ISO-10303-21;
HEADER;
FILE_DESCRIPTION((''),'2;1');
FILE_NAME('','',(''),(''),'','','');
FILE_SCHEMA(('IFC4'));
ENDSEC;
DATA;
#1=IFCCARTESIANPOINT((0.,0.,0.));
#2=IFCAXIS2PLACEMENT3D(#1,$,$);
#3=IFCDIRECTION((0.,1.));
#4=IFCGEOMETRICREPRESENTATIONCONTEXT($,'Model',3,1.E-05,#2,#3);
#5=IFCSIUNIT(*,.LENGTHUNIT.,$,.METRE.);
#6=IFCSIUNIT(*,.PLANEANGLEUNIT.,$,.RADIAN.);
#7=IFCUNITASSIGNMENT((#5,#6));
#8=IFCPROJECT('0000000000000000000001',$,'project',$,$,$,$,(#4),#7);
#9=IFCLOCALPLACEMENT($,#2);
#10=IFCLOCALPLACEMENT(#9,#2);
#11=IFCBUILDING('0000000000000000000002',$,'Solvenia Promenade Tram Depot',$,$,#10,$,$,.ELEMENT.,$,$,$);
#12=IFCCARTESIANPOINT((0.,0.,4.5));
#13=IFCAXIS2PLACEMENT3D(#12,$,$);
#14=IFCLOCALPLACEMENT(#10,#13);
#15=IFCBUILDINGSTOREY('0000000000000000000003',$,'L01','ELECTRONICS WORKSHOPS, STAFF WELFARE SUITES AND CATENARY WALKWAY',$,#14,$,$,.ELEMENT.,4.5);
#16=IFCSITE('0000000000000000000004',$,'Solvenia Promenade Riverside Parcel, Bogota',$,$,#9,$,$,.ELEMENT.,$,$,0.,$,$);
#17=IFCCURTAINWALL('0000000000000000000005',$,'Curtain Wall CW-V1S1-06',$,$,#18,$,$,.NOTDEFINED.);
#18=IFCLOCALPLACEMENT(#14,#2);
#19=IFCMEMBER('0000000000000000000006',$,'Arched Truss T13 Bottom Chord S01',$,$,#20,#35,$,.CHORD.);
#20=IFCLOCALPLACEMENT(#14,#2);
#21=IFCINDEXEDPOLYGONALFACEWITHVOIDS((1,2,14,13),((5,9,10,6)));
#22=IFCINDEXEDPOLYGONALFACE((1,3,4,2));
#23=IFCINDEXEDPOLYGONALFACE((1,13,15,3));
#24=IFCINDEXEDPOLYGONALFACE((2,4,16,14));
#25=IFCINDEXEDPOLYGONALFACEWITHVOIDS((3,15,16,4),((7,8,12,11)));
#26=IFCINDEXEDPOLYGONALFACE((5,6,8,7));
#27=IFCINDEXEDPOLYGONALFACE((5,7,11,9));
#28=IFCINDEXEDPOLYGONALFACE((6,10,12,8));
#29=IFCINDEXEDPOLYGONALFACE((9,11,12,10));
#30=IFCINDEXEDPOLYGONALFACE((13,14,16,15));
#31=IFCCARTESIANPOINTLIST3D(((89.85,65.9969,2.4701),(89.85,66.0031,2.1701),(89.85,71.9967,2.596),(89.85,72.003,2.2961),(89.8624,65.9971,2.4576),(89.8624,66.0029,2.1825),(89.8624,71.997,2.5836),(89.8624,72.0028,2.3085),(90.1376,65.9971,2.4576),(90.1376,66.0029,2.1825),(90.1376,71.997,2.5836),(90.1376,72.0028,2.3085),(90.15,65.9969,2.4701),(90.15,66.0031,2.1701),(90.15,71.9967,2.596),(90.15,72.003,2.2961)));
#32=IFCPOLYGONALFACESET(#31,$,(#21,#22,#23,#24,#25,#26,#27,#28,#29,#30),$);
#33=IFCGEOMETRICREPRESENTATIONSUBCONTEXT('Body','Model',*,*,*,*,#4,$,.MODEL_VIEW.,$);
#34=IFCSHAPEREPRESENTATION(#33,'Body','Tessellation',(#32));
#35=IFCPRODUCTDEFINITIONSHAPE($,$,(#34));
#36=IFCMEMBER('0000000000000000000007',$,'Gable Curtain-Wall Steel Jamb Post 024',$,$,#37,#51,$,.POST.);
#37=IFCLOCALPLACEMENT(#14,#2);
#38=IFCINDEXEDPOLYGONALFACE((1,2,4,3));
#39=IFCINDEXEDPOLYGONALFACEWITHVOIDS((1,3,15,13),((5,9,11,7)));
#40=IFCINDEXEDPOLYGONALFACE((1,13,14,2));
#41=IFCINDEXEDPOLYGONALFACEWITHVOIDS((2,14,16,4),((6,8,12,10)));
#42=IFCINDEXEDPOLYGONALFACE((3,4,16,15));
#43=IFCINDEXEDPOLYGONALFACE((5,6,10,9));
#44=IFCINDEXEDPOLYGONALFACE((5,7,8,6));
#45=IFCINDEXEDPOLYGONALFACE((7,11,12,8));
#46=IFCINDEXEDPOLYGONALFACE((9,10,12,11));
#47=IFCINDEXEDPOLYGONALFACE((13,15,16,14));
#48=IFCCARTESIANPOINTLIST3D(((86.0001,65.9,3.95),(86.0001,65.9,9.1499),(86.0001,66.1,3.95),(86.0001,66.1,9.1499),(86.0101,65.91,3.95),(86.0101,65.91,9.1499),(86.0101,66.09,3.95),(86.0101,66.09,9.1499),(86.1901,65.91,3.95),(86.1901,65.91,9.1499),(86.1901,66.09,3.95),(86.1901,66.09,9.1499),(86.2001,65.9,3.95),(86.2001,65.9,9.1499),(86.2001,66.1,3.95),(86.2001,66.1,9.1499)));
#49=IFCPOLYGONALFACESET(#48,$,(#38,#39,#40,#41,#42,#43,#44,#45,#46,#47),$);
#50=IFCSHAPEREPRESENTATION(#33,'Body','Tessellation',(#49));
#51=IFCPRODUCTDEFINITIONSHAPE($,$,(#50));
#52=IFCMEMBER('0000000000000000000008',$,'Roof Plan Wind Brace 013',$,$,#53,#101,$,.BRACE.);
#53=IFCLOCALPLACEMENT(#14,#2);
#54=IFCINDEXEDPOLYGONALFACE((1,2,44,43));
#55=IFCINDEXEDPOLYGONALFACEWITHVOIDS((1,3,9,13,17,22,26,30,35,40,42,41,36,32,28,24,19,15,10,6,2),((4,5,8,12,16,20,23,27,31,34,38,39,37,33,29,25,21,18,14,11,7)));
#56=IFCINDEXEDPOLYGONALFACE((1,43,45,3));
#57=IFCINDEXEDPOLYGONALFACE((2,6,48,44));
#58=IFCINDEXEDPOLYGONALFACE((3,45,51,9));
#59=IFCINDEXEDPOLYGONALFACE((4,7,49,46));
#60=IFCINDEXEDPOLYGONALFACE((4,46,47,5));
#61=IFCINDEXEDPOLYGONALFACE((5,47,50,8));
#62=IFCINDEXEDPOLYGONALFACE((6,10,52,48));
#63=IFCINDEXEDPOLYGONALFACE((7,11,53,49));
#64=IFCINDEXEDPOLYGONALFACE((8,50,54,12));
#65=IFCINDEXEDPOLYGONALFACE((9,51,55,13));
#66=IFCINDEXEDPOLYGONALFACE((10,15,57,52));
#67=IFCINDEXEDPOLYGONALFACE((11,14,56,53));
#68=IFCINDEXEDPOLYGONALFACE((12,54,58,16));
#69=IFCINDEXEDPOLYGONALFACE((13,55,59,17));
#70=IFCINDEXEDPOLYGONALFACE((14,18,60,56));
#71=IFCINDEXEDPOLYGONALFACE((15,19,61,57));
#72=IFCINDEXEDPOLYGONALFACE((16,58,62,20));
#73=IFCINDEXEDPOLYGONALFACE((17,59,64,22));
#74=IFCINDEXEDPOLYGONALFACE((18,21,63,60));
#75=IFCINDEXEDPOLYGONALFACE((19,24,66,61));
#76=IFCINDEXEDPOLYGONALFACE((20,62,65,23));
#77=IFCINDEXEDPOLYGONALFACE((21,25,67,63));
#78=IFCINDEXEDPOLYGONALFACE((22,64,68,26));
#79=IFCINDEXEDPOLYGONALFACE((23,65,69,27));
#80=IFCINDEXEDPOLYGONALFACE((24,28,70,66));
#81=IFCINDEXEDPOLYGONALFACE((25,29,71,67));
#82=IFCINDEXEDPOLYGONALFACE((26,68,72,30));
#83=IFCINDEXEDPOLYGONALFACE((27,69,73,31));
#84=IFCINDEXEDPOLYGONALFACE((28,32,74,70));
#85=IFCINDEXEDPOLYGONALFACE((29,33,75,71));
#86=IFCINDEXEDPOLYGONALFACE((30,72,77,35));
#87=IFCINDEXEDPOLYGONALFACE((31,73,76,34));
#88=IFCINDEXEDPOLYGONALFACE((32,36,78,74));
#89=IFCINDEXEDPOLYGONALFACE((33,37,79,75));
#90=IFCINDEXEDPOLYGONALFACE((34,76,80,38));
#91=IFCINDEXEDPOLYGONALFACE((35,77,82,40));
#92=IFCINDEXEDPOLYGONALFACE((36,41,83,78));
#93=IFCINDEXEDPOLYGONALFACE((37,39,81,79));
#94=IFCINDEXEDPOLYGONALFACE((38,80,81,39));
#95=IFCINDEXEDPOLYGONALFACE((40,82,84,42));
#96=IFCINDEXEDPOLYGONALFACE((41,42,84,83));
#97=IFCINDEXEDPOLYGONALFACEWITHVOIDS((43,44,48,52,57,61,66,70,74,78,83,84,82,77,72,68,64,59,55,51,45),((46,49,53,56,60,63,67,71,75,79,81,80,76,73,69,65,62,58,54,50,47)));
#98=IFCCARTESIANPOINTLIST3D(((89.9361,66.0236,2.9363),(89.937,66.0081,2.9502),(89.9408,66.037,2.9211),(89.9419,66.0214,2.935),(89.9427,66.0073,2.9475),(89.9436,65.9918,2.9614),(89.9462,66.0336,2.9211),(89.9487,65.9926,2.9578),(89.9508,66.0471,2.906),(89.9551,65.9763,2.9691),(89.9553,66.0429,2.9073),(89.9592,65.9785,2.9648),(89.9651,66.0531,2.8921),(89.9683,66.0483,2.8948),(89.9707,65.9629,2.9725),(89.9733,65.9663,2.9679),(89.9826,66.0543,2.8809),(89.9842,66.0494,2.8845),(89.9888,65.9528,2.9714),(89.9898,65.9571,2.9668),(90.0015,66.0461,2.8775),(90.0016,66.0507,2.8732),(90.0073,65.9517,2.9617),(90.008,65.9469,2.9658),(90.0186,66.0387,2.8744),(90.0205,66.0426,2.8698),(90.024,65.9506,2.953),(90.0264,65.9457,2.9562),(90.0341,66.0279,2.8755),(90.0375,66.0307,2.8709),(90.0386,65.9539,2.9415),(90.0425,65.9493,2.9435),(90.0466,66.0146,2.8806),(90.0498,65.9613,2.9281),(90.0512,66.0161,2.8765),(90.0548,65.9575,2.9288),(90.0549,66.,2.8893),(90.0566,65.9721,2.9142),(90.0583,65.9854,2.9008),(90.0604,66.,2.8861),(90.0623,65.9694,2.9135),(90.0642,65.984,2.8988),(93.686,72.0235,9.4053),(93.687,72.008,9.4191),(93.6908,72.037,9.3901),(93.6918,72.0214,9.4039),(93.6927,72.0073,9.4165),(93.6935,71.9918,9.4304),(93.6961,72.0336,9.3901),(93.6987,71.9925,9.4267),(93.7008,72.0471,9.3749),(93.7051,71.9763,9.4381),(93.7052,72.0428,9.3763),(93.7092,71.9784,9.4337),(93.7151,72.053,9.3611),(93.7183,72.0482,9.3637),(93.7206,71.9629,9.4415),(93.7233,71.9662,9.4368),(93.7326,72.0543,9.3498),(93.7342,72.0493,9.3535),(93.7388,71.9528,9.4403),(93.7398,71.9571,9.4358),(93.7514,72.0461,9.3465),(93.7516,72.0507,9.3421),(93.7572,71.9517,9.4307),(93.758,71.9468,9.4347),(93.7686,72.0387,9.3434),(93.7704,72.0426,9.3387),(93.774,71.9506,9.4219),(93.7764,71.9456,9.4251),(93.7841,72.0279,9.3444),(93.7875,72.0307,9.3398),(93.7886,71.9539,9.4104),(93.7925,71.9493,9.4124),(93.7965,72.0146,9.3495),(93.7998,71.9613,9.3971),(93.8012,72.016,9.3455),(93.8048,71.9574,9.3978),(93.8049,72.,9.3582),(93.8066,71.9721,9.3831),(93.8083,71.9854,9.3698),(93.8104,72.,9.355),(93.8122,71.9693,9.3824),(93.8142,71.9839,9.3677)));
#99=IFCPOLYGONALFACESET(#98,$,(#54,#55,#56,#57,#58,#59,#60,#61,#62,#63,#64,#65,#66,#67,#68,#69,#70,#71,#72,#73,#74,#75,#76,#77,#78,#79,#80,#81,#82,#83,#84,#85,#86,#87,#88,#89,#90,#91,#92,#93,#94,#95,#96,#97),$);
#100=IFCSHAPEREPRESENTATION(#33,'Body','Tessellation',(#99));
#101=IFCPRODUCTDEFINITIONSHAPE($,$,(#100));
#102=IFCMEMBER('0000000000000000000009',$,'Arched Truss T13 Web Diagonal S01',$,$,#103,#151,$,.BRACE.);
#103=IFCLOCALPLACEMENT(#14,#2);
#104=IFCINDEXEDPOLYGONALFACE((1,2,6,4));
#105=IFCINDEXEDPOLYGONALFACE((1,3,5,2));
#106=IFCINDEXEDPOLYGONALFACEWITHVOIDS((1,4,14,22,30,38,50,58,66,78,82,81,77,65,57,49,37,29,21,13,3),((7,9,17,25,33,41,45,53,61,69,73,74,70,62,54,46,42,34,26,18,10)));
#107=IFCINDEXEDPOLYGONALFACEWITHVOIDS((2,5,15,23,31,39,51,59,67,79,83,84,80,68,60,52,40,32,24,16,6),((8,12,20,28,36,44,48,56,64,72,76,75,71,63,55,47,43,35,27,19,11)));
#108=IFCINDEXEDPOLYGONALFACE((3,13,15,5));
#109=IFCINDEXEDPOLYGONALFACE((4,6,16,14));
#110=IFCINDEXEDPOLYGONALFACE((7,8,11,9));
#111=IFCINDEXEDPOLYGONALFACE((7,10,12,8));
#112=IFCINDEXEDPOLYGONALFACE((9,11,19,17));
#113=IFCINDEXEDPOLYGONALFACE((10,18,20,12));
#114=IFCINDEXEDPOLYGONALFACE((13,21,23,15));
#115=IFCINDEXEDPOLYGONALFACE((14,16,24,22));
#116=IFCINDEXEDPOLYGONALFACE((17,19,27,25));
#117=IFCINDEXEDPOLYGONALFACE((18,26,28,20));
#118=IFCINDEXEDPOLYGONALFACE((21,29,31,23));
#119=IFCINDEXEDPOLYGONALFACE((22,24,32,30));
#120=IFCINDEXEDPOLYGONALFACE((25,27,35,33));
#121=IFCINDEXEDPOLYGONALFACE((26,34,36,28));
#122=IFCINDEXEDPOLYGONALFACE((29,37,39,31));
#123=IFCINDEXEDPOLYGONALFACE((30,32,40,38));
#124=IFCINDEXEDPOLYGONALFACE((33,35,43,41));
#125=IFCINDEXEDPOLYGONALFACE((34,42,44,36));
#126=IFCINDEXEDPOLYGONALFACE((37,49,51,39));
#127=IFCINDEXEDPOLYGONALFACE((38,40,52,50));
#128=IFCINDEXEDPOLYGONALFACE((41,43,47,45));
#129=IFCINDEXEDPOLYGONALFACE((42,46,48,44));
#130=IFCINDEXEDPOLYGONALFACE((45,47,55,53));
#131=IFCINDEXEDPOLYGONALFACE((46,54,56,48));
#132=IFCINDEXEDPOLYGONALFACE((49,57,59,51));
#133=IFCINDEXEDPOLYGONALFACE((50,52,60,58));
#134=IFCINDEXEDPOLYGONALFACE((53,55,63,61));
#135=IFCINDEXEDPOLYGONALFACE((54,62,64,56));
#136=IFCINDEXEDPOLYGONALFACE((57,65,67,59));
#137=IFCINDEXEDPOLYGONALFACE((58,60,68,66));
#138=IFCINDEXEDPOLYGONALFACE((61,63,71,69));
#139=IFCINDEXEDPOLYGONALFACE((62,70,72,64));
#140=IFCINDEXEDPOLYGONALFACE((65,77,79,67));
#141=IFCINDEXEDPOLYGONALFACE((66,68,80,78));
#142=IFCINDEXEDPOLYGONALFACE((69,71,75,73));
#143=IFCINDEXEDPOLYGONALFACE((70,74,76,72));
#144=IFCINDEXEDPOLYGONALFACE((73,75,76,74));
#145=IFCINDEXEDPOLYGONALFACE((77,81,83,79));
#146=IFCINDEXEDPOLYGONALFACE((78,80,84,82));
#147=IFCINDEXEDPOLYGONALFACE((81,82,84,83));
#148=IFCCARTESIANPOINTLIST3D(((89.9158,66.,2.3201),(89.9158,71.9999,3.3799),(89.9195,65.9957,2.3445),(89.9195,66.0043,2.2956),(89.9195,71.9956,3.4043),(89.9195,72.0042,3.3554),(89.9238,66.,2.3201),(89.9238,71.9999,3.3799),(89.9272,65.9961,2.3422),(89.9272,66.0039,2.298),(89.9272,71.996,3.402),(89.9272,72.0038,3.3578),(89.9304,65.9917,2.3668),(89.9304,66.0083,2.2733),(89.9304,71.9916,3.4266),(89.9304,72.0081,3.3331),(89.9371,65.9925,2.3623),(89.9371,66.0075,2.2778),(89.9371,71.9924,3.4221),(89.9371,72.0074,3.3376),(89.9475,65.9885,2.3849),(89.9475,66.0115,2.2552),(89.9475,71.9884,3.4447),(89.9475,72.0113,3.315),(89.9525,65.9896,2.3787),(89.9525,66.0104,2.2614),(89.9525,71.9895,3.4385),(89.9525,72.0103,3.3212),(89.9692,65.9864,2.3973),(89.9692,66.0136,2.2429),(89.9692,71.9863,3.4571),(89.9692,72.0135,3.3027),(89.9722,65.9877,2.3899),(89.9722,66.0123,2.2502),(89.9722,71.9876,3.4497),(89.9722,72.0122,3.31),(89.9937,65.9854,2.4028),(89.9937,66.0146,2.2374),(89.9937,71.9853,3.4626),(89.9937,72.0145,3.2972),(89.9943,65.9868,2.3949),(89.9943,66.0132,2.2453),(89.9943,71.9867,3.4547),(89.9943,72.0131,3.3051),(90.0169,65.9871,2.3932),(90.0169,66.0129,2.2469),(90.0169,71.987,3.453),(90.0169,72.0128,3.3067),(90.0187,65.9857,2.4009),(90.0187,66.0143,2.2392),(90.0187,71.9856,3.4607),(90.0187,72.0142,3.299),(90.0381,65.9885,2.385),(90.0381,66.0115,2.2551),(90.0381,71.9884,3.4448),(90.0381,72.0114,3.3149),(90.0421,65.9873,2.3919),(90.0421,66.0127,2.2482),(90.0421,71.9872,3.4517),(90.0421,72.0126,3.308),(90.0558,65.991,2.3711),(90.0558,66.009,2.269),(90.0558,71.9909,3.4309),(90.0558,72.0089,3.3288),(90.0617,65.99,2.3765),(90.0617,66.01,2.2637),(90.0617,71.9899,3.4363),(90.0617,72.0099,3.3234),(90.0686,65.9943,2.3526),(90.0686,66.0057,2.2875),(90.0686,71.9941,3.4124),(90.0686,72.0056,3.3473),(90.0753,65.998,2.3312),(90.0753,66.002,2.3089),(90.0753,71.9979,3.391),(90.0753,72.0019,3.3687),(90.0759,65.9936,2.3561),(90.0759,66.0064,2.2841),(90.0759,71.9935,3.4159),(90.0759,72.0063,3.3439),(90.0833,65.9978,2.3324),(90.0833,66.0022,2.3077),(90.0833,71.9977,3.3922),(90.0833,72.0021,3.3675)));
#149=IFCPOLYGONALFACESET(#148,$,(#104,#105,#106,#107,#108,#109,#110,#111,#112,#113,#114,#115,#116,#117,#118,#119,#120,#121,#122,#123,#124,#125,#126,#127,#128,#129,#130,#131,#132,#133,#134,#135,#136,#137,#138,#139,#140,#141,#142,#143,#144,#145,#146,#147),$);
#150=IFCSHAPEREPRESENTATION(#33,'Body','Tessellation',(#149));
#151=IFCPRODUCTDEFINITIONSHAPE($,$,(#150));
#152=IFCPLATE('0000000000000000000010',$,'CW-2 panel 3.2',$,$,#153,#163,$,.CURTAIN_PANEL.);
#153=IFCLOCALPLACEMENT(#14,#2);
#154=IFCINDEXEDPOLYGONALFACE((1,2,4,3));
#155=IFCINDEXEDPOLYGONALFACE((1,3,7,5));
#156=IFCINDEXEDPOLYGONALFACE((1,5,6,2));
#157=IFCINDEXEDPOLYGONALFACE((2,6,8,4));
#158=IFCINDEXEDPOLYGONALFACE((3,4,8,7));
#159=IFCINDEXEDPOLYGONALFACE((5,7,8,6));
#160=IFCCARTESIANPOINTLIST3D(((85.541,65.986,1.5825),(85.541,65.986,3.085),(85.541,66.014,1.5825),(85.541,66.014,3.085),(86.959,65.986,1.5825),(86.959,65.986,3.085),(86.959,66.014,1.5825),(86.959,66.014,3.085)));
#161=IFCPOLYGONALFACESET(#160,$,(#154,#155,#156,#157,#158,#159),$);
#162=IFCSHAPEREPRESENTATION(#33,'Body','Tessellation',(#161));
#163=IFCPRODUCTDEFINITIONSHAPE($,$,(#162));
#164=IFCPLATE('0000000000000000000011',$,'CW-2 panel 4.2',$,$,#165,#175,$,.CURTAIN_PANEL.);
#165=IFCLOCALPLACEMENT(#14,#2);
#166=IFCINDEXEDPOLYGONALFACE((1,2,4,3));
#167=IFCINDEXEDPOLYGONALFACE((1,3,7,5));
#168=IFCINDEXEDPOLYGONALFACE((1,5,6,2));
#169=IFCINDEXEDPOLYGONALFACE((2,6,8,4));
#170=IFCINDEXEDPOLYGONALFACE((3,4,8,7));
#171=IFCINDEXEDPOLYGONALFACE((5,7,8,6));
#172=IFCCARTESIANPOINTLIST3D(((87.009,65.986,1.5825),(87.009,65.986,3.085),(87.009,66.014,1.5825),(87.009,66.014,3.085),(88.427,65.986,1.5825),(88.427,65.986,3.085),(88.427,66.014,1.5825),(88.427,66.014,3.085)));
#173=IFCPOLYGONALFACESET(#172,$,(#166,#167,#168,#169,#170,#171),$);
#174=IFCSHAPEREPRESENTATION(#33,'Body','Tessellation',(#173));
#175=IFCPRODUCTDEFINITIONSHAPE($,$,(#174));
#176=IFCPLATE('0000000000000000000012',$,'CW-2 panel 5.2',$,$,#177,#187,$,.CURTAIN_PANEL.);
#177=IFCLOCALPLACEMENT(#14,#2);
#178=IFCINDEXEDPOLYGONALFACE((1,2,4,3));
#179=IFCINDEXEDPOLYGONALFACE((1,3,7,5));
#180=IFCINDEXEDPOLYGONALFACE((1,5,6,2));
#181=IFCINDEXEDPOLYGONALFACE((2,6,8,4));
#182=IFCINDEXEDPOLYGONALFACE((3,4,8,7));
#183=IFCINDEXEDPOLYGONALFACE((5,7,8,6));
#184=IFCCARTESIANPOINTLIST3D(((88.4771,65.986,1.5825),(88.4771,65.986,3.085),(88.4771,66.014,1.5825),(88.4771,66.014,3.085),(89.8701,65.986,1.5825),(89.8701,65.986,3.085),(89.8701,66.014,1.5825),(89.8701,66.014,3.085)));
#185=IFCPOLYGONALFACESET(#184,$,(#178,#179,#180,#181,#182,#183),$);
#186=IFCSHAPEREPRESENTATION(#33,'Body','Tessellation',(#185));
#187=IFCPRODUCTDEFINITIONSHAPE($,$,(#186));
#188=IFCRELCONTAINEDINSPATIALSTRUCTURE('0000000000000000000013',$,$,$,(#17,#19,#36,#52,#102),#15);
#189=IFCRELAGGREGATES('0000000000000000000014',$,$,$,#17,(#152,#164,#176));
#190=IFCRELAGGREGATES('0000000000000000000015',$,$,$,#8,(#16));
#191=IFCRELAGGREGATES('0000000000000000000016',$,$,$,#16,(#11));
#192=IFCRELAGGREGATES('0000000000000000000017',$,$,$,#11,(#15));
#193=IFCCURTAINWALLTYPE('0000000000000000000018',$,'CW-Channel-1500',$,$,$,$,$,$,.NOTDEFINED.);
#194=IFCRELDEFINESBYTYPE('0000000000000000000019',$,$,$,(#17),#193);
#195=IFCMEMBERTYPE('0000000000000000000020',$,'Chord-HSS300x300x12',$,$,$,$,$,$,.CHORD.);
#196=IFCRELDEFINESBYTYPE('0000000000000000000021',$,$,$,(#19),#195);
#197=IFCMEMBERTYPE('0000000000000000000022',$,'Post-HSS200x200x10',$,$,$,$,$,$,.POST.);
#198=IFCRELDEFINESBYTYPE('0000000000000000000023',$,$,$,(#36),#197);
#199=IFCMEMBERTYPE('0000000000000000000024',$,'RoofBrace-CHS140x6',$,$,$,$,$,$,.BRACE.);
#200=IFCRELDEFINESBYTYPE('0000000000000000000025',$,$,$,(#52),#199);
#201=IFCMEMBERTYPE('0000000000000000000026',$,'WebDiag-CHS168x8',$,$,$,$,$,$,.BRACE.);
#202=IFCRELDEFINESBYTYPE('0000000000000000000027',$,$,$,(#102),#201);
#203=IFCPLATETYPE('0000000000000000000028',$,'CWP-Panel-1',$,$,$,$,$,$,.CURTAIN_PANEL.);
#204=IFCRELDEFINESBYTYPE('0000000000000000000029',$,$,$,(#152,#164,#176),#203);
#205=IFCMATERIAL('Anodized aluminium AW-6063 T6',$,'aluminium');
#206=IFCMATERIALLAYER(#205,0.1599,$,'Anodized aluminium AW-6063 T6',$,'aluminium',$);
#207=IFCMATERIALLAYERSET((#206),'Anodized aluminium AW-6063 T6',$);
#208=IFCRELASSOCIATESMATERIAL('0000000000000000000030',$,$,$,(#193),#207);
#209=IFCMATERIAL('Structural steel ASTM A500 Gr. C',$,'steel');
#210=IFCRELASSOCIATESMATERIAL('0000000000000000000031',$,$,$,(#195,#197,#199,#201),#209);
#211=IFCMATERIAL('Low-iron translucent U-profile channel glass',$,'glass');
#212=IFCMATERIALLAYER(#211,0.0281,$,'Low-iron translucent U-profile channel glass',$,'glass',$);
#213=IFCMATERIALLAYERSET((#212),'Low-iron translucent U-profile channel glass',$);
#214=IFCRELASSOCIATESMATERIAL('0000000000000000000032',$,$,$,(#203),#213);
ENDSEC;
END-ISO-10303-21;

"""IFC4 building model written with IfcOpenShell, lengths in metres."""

from ifc_helpers import new_model, si_unit, direction, frame, origin, origin_2d, place, context, subcontext, project, spatial, rectangle, hollow_rectangle, hollow_circle, extrude, material, layer, layer_set, material_profile, profile_set, type_object, element, aggregate, save


model = new_model("IFC4")

# Units and contexts
model_context = context("Model", 3, precision=1e-05, world=origin(), true_north=direction((0.0, 1.0)))
body_context = subcontext(model_context, "Body", "Model", "MODEL_VIEW")
ifc_project = project(units=[si_unit("LENGTHUNIT", "METRE"), si_unit("PLANEANGLEUNIT", "RADIAN")], contexts=[model_context])

# Site, building, storey
site_placement = place(None, origin())
site = spatial("IfcSite", under=ifc_project, at=site_placement, Name="Solvenia Promenade Riverside Parcel, Bogota", CompositionType="ELEMENT", RefElevation=0.0)
building_placement = place(site_placement, origin())
building = spatial("IfcBuilding", under=site, at=building_placement, Name="Solvenia Promenade Tram Depot", CompositionType="ELEMENT")
storey_placement = place(building_placement, frame((0.0, 0.0, 4.5)))
storey = spatial("IfcBuildingStorey", under=building, at=storey_placement, Name="L01", Description="ELECTRONICS WORKSHOPS, STAFF WELFARE SUITES AND CATENARY WALKWAY", CompositionType="ELEMENT", Elevation=4.5)

# Shared definitions
ifc_material_1 = material(Name="Anodized aluminium AW-6063 T6", Category="aluminium")

# Curtain wall
ifc_layer_1 = layer(ifc_material_1, 0.1599, Name="Anodized aluminium AW-6063 T6", Category="aluminium")
ifc_layer_set_1 = layer_set([ifc_layer_1], Name="Anodized aluminium AW-6063 T6")
curtain_wall_type_1 = type_object("IfcCurtainWallType", Name="CW-Channel-1500", PredefinedType="NOTDEFINED", material=ifc_layer_set_1)
curtain_wall_1_placement = place(storey_placement, origin())
curtain_wall_1 = element("IfcCurtainWall", 1, at=curtain_wall_1_placement, inside=storey, type_object=curtain_wall_type_1, Name="Curtain Wall CW-V1S1-06", PredefinedType="NOTDEFINED")

# Members
ifc_material_2 = material(Name="Structural steel ASTM A500 Gr. C", Category="steel")
ifc_material_profile_1 = material_profile(ifc_material_2, hollow_rectangle(XDim=0.3, YDim=0.3, WallThickness=0.0125, at=origin_2d()), Name="HSS300x300x12.5", Category="steel")
ifc_profile_set_1 = profile_set([ifc_material_profile_1], Name="Structural steel ASTM A500 Gr. C")
member_type_1 = type_object("IfcMemberType", Name="Chord-HSS300x300x12", PredefinedType="CHORD", material=ifc_profile_set_1)
member_1_placement = place(storey_placement, frame((90.0, 66.0, 2.3201), z_axis=(0.0, 0.99978, 0.020991), x_axis=(-1.0, 0.0, 0.0)))
element("IfcMember", 2, at=member_1_placement, inside=storey, type_object=member_type_1, Name="Arched Truss T13 Bottom Chord S01", PredefinedType="CHORD", context=body_context, shape_type="SweptSolid", body=[
    extrude(hollow_rectangle(XDim=0.3, YDim=0.3, WallThickness=0.0125, at=origin_2d()), origin(), (0.0, 0.0, 1.0), 6.0012),
])
ifc_material_profile_2 = material_profile(ifc_material_2, hollow_rectangle(XDim=0.2, YDim=0.2, WallThickness=0.01, at=origin_2d()), Name="HSS200x200x10", Category="steel")
ifc_profile_set_2 = profile_set([ifc_material_profile_2], Name="Structural steel ASTM A500 Gr. C")
member_type_2 = type_object("IfcMemberType", Name="Post-HSS200x200x10", PredefinedType="POST", material=ifc_profile_set_2)
member_2_placement = place(storey_placement, frame((86.1001, 66.0, 3.95), z_axis=(0.0, 0.0, 1.0), x_axis=(1.0, 0.0, 0.0)))
element("IfcMember", 3, at=member_2_placement, inside=storey, type_object=member_type_2, Name="Gable Curtain-Wall Steel Jamb Post 024", PredefinedType="POST", context=body_context, shape_type="SweptSolid", body=[
    extrude(hollow_rectangle(XDim=0.2, YDim=0.2, WallThickness=0.01, at=origin_2d()), origin(), (0.0, 0.0, 1.0), 5.2),
])
ifc_material_profile_3 = material_profile(ifc_material_2, hollow_circle(Radius=0.0698, WallThickness=0.0063, at=origin_2d()), Name="CHS139.7x6.3", Category="steel")
ifc_profile_set_3 = profile_set([ifc_material_profile_3], Name="Structural steel ASTM A500 Gr. C")
member_type_3 = type_object("IfcMemberType", Name="RoofBrace-CHS140x6", PredefinedType="BRACE", material=ifc_profile_set_3)
member_3_placement = place(storey_placement, frame((90.0, 66.0, 2.9211), z_axis=(0.391155, 0.625848, 0.674768), x_axis=(-0.847998, 0.529999, 0.0)))
element("IfcMember", 4, at=member_3_placement, inside=storey, type_object=member_type_3, Name="Roof Plan Wind Brace 013", PredefinedType="BRACE", context=body_context, shape_type="SweptSolid", body=[
    extrude(hollow_circle(Radius=0.0698, WallThickness=0.0063, at=origin_2d()), origin(), (0.0, 0.0, 1.0), 9.5869),
])
ifc_material_profile_4 = material_profile(ifc_material_2, hollow_circle(Radius=0.0842, WallThickness=0.0081, at=origin_2d()), Name="CHS168.3x8", Category="steel")
ifc_profile_set_4 = profile_set([ifc_material_profile_4], Name="Structural steel ASTM A500 Gr. C")
member_type_4 = type_object("IfcMemberType", Name="WebDiag-CHS168x8", PredefinedType="BRACE", material=ifc_profile_set_4)
member_4_placement = place(storey_placement, frame((90.0, 66.0, 2.3201), z_axis=(0.0, 0.984756, 0.173943), x_axis=(-1.0, 0.0, 0.0)))
element("IfcMember", 5, at=member_4_placement, inside=storey, type_object=member_type_4, Name="Arched Truss T13 Web Diagonal S01", PredefinedType="BRACE", context=body_context, shape_type="SweptSolid", body=[
    extrude(hollow_circle(Radius=0.0842, WallThickness=0.0081, at=origin_2d()), origin(), (0.0, 0.0, 1.0), 6.0928),
])

# Plates
ifc_material_3 = material(Name="Low-iron translucent U-profile channel glass", Category="glass")
ifc_layer_2 = layer(ifc_material_3, 0.0281, Name="Low-iron translucent U-profile channel glass", Category="glass")
ifc_layer_set_2 = layer_set([ifc_layer_2], Name="Low-iron translucent U-profile channel glass")
plate_type_1 = type_object("IfcPlateType", Name="CWP-Panel-1", PredefinedType="CURTAIN_PANEL", material=ifc_layer_set_2)
plate_1_placement = place(storey_placement, frame((86.25, 66.0, 1.5825), z_axis=(0.0, 0.0, 1.0), x_axis=(1.0, 0.0, 0.0)))
plate_1 = element("IfcPlate", 6, at=plate_1_placement, type_object=plate_type_1, Name="CW-2 panel 3.2", PredefinedType="CURTAIN_PANEL", context=body_context, shape_type="SweptSolid", body=[
    extrude(rectangle(XDim=1.418, YDim=0.0281, at=origin_2d()), origin(), (0.0, 0.0, 1.0), 1.5024),
])
plate_2_placement = place(storey_placement, frame((87.718, 66.0, 1.5825), z_axis=(0.0, 0.0, 1.0), x_axis=(1.0, 0.0, 0.0)))
plate_2 = element("IfcPlate", 7, at=plate_2_placement, type_object=plate_type_1, Name="CW-2 panel 4.2", PredefinedType="CURTAIN_PANEL", context=body_context, shape_type="SweptSolid", body=[
    extrude(rectangle(XDim=1.418, YDim=0.0281, at=origin_2d()), origin(), (0.0, 0.0, 1.0), 1.5024),
])
plate_3_placement = place(storey_placement, frame((89.1736, 66.0, 1.5825), z_axis=(0.0, 0.0, 1.0), x_axis=(1.0, 0.0, 0.0)))
plate_3 = element("IfcPlate", 8, at=plate_3_placement, type_object=plate_type_1, Name="CW-2 panel 5.2", PredefinedType="CURTAIN_PANEL", context=body_context, shape_type="SweptSolid", body=[
    extrude(rectangle(XDim=1.3931, YDim=0.0281, at=origin_2d()), origin(), (0.0, 0.0, 1.0), 1.5024),
])
aggregate(curtain_wall_1, [plate_1, plate_2, plate_3])

save(model, "model.ifc")
